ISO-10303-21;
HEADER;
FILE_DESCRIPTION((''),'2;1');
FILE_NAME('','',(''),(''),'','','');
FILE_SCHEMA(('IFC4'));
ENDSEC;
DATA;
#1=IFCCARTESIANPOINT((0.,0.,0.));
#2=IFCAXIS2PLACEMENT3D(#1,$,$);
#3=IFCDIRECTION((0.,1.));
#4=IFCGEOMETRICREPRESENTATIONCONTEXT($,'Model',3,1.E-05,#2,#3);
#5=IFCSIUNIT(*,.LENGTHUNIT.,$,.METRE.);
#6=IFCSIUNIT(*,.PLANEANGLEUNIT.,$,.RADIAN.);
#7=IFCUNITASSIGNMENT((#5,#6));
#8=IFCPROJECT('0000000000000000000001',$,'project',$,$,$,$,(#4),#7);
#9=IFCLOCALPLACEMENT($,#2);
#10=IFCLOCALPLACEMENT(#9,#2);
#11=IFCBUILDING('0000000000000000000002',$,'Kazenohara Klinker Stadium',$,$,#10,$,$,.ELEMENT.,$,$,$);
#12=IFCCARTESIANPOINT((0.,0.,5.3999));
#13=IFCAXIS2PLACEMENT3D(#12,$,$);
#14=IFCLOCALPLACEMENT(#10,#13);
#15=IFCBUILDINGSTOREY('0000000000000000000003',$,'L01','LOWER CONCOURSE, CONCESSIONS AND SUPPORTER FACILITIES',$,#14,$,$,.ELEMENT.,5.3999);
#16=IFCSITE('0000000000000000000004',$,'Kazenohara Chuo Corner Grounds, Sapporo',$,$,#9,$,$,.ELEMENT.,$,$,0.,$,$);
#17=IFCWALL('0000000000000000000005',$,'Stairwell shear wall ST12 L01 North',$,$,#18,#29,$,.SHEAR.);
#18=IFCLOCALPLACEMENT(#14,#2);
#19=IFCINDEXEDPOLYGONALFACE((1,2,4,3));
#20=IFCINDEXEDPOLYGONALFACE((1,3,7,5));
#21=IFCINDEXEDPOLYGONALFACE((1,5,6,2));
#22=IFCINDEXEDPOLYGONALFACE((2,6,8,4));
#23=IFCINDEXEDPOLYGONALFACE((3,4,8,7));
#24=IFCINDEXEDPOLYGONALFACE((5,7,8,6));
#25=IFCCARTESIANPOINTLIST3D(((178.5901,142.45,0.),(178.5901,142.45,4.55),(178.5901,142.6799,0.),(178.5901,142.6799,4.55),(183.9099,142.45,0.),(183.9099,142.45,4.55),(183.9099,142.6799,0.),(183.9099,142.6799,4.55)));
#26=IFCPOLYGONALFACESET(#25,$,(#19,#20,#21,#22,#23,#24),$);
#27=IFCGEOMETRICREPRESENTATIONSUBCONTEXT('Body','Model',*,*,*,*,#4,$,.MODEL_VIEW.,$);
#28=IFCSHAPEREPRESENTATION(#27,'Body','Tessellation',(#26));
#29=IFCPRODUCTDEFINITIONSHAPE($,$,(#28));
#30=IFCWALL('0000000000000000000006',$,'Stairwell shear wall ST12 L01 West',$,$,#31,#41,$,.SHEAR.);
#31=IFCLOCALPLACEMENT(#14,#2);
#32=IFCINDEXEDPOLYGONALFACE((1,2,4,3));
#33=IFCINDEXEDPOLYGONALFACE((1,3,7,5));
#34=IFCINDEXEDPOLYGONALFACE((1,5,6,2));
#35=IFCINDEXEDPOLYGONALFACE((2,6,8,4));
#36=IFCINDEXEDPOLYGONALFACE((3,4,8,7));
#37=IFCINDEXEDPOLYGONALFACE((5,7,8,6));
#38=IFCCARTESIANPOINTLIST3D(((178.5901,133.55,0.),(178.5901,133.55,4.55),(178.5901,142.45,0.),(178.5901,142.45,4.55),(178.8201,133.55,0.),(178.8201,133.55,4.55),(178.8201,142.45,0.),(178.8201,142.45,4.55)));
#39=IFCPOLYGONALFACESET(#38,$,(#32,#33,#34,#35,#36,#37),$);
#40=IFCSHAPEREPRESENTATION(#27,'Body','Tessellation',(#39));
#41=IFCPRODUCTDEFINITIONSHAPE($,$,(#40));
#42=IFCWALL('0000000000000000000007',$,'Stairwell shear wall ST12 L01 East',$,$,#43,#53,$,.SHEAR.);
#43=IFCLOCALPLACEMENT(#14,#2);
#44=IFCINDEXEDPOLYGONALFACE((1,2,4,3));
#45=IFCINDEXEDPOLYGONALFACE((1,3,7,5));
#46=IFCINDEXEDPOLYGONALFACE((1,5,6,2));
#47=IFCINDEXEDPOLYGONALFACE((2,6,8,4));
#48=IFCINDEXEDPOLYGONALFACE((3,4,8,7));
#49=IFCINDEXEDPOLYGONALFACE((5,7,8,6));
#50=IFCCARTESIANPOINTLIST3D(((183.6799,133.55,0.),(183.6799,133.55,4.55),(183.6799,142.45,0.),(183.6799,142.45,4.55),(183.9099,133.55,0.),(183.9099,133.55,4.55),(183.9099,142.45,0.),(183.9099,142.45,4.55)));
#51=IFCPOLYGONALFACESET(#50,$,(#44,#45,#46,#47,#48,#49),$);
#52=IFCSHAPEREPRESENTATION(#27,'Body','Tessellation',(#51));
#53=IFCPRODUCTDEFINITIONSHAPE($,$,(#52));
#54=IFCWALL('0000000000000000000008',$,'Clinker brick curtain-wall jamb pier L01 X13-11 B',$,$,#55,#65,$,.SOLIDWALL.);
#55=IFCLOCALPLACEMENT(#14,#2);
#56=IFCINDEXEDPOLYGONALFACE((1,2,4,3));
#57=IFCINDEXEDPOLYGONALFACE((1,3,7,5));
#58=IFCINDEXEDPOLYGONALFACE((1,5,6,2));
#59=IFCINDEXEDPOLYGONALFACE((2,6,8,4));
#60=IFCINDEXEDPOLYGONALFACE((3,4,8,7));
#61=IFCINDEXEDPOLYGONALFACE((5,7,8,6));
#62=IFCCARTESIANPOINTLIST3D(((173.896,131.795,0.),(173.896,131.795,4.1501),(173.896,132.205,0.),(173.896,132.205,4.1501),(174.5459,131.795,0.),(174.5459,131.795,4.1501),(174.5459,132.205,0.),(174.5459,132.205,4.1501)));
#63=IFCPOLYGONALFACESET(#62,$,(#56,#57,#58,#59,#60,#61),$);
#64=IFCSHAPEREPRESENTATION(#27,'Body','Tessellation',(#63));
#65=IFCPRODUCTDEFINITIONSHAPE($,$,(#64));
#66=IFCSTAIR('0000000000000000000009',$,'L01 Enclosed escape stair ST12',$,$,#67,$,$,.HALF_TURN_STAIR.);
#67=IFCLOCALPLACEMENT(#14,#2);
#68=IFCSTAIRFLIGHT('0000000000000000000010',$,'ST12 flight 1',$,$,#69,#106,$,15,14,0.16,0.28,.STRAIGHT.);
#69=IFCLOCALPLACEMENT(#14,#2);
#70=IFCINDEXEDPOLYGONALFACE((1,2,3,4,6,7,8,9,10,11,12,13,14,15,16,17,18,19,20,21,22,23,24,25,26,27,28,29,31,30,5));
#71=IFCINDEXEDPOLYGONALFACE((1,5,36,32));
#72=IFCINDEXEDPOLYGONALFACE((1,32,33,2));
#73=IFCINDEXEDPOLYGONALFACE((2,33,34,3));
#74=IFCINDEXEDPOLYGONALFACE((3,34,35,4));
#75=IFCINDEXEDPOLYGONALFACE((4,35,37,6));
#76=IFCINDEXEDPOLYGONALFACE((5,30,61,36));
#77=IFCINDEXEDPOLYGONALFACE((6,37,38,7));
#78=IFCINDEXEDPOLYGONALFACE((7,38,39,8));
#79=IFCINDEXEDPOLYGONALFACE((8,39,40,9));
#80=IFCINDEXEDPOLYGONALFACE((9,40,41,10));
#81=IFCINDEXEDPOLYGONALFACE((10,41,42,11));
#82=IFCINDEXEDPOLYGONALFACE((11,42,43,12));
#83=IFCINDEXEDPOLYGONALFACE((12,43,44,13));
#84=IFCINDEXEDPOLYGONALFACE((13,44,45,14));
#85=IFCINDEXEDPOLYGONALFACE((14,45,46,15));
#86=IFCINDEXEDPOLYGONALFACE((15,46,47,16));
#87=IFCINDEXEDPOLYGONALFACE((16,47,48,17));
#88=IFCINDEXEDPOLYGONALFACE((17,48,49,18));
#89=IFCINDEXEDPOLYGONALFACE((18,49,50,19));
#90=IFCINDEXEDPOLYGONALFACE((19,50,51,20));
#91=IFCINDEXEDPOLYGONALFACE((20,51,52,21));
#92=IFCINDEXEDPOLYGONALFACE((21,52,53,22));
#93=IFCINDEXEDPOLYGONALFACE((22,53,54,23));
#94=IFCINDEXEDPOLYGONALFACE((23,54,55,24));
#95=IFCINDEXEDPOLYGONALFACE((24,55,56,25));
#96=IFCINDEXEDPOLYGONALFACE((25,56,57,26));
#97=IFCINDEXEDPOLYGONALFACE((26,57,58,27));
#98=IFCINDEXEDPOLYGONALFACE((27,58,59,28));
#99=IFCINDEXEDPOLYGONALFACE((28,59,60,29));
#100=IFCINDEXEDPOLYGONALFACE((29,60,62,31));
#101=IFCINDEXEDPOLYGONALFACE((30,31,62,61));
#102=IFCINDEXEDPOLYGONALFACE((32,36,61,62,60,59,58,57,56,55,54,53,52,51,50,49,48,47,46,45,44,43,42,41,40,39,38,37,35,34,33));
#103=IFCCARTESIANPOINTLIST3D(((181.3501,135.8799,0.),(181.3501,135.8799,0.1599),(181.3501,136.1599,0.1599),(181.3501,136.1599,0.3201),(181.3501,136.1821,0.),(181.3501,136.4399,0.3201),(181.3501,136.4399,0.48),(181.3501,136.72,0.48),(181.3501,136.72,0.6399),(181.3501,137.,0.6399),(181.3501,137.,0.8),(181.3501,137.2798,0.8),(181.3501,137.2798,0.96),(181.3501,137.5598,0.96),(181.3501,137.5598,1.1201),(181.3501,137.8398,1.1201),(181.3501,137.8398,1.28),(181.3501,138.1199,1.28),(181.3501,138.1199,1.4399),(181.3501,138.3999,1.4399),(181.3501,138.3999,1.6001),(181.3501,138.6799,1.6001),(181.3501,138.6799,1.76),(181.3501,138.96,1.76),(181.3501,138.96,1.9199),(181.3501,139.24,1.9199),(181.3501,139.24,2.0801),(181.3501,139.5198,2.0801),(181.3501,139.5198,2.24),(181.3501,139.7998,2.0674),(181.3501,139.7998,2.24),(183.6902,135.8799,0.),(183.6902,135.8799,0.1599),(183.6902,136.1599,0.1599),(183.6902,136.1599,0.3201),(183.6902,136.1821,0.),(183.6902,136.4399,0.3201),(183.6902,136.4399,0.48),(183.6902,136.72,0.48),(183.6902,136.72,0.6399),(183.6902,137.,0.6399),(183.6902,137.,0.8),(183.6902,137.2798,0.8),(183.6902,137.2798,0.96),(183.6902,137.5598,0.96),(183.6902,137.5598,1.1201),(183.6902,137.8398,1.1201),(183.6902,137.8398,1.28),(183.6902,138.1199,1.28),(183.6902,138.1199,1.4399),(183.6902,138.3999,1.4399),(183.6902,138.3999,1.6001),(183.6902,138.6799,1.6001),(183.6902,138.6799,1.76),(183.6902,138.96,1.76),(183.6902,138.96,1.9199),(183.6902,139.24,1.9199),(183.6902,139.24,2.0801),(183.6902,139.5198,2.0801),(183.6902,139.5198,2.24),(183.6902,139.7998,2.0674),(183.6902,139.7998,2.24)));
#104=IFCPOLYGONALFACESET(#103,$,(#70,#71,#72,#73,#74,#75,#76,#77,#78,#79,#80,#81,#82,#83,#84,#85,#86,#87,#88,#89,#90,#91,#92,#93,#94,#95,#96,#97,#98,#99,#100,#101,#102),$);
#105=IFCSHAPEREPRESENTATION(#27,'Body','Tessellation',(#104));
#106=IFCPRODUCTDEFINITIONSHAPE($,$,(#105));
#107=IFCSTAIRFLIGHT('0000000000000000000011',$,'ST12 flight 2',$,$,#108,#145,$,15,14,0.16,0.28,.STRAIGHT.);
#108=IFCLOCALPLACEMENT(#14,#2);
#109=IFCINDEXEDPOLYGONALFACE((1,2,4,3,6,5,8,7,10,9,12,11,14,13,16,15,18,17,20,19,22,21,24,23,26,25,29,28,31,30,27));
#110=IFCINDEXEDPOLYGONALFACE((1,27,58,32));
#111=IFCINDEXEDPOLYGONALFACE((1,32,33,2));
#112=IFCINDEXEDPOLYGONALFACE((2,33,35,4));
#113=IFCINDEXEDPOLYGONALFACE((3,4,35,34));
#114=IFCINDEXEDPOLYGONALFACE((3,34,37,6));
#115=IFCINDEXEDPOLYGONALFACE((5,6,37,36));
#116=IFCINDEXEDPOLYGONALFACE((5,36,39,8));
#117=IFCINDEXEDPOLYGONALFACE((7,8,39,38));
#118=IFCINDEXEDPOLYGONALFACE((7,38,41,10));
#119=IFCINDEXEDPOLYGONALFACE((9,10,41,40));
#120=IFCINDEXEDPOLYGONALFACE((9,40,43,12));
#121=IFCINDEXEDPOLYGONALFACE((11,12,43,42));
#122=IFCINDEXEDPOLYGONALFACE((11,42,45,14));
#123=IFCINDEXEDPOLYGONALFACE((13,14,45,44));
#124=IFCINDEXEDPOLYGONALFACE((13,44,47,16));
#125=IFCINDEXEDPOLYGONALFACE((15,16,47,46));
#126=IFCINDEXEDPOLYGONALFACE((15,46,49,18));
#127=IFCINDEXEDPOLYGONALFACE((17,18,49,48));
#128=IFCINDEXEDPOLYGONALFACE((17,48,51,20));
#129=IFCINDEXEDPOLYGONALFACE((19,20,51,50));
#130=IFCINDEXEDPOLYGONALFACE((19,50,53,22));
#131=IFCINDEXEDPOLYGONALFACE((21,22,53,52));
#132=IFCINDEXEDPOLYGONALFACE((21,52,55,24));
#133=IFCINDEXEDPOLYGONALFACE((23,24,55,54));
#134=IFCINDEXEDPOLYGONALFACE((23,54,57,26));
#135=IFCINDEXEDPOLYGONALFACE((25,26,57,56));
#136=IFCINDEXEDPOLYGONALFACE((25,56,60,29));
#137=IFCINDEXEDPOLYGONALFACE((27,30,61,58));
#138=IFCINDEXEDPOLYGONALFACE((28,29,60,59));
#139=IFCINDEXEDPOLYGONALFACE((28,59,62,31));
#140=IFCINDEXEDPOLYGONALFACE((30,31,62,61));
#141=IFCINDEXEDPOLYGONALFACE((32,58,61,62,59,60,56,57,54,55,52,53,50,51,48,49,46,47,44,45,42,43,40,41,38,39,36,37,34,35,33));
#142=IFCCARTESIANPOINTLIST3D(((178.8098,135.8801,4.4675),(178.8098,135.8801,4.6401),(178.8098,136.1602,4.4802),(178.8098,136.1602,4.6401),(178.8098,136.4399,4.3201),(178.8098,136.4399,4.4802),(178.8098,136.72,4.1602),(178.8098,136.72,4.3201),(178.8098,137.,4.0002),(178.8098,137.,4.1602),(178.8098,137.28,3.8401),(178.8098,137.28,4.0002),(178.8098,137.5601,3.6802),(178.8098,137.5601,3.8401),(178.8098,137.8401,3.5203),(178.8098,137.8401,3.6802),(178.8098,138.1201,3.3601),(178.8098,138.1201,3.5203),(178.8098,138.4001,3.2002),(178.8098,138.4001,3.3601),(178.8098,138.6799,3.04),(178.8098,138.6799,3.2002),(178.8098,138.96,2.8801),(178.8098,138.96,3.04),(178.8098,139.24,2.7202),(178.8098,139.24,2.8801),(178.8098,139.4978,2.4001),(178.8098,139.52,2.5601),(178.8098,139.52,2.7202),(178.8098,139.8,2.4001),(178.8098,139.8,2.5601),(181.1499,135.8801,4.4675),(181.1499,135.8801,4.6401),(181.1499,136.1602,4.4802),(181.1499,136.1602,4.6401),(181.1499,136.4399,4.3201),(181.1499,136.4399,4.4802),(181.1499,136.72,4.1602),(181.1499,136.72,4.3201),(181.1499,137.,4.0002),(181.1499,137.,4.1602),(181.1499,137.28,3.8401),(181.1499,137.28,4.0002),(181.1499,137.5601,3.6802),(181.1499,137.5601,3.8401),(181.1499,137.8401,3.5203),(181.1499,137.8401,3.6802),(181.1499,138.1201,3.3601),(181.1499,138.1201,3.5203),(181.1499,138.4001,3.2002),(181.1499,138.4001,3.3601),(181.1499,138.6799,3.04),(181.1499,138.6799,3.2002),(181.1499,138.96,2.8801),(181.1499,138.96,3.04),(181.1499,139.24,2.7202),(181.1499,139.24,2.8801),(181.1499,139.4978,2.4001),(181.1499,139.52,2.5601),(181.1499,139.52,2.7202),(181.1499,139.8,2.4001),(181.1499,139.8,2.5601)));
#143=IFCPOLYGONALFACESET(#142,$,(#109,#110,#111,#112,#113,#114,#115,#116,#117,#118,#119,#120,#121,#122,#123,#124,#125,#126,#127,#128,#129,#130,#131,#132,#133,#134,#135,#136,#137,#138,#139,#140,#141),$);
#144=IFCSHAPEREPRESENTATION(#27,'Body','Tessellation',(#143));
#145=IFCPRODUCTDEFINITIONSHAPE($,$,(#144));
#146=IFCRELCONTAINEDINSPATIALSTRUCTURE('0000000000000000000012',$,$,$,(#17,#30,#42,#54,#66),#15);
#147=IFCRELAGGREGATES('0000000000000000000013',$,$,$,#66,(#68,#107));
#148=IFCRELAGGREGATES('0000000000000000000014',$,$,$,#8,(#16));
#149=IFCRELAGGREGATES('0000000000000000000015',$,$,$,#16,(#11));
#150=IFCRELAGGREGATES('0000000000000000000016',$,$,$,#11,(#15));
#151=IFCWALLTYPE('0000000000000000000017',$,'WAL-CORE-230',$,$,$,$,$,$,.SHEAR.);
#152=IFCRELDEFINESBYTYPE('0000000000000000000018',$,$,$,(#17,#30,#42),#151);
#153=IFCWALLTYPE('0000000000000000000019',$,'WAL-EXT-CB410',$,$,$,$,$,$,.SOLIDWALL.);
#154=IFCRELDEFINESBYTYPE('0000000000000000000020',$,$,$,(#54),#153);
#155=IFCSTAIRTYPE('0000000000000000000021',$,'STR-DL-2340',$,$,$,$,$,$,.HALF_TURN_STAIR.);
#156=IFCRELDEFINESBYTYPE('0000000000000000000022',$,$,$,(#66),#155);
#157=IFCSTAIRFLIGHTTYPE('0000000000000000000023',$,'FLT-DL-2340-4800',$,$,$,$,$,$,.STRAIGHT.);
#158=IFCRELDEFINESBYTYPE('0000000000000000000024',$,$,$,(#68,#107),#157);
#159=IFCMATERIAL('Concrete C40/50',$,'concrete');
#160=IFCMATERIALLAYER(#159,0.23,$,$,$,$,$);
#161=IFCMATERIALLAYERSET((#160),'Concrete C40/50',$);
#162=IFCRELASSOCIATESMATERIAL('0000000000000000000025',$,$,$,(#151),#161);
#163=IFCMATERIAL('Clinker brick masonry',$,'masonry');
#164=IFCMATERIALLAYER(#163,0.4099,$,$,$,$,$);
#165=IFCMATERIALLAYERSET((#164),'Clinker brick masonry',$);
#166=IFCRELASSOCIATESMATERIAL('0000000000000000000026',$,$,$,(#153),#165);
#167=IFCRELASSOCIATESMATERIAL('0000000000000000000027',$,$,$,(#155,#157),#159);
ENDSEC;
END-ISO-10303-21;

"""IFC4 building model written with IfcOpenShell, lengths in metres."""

from ifc_helpers import new_model, si_unit, direction, frame, frame_2d, origin, place, context, subcontext, project, spatial, polyline, rectangle, outline, extrude, material, layer, layer_set, type_object, element, aggregate, save


model = new_model("IFC4")

# Units and contexts
model_context = context("Model", 3, precision=1e-05, world=origin(), true_north=direction((0.0, 1.0)))
body_context = subcontext(model_context, "Body", "Model", "MODEL_VIEW")
ifc_project = project(units=[si_unit("LENGTHUNIT", "METRE"), si_unit("PLANEANGLEUNIT", "RADIAN")], contexts=[model_context])

# Site, building, storey
site_placement = place(None, origin())
site = spatial("IfcSite", under=ifc_project, at=site_placement, Name="Kazenohara Chuo Corner Grounds, Sapporo", CompositionType="ELEMENT", RefElevation=0.0)
building_placement = place(site_placement, origin())
building = spatial("IfcBuilding", under=site, at=building_placement, Name="Kazenohara Klinker Stadium", CompositionType="ELEMENT")
storey_placement = place(building_placement, frame((0.0, 0.0, 5.3999)))
storey = spatial("IfcBuildingStorey", under=building, at=storey_placement, Name="L01", Description="LOWER CONCOURSE, CONCESSIONS AND SUPPORTER FACILITIES", CompositionType="ELEMENT", Elevation=5.3999)

# Shared definitions
ifc_material_1 = material(Name="Concrete C40/50", Category="concrete")

# Shared definitions
ifc_layer_1 = layer(ifc_material_1, 0.23)
ifc_layer_set_1 = layer_set([ifc_layer_1], Name="Concrete C40/50")
wall_type_1 = type_object("IfcWallType", Name="WAL-CORE-230", PredefinedType="SHEAR", material=ifc_layer_set_1)

# Walls
wall_1_placement = place(storey_placement, frame((178.5901, 142.5649, 0.0), z_axis=(0.0, 0.0, 1.0), x_axis=(1.0, 0.0, 0.0)))
element("IfcWall", 1, at=wall_1_placement, inside=storey, type_object=wall_type_1, Name="Stairwell shear wall ST12 L01 North", PredefinedType="SHEAR", context=body_context, shape_type="SweptSolid", body=[
    extrude(rectangle(XDim=5.3198, YDim=0.23, at=frame_2d((2.6599, 0.0))), origin(), (0.0, 0.0, 1.0), 4.55),
])
for number, where, z_axis, x_axis, name in (
    (2, (178.7051, 133.55, 0.0), (0.0, 0.0, 1.0), (0.0, 1.0, 0.0), "Stairwell shear wall ST12 L01 West"),
    (3, (183.7949, 133.55, 0.0), (0.0, 0.0, 1.0), (0.0, 1.0, 0.0), "Stairwell shear wall ST12 L01 East"),
):
    element("IfcWall", number, at=place(storey_placement, frame(where, z_axis=z_axis, x_axis=x_axis)), inside=storey, type_object=wall_type_1, Name=name, PredefinedType="SHEAR", context=body_context, shape_type="SweptSolid", body=[
        extrude(rectangle(XDim=8.8999, YDim=0.23, at=frame_2d((4.45, 0.0))), origin(), (0.0, 0.0, 1.0), 4.55),
    ])
ifc_material_2 = material(Name="Clinker brick masonry", Category="masonry")
ifc_layer_2 = layer(ifc_material_2, 0.4099)
ifc_layer_set_2 = layer_set([ifc_layer_2], Name="Clinker brick masonry")
wall_type_2 = type_object("IfcWallType", Name="WAL-EXT-CB410", PredefinedType="SOLIDWALL", material=ifc_layer_set_2)
wall_2_placement = place(storey_placement, frame((173.896, 132.0, 0.0), z_axis=(0.0, 0.0, 1.0), x_axis=(1.0, 0.0, 0.0)))
element("IfcWall", 4, at=wall_2_placement, inside=storey, type_object=wall_type_2, Name="Clinker brick curtain-wall jamb pier L01 X13-11 B", PredefinedType="SOLIDWALL", context=body_context, shape_type="SweptSolid", body=[
    extrude(rectangle(XDim=0.6499, YDim=0.4099, at=frame_2d((0.325, 0.0))), origin(), (0.0, 0.0, 1.0), 4.1501),
])

# Stair, stair flights
stair_type = type_object("IfcStairType", Name="STR-DL-2340", PredefinedType="HALF_TURN_STAIR", material=ifc_material_1)
stair_placement = place(storey_placement, origin())
stair = element("IfcStair", 5, at=stair_placement, inside=storey, type_object=stair_type, Name="L01 Enclosed escape stair ST12", PredefinedType="HALF_TURN_STAIR")
stair_flight_type = type_object("IfcStairFlightType", Name="FLT-DL-2340-4800", PredefinedType="STRAIGHT", material=ifc_material_1)
stair_flight_1_placement = place(storey_placement, frame((182.52, 135.8799, 0.0), z_axis=(0.0, 0.0, 1.0), x_axis=(0.0, 1.0, 0.0)))
stair_flight_1 = element("IfcStairFlight", 6, at=stair_flight_1_placement, type_object=stair_flight_type, Name="ST12 flight 1", NumberOfRisers=15, NumberOfTreads=14, PredefinedType="STRAIGHT", RiserHeight=0.16, TreadLength=0.28, context=body_context, shape_type="SweptSolid", body=[
    extrude(outline(polyline([(0.0, 0.0), (0.0, 0.1599), (0.28, 0.1599), (0.28, 0.3201), (0.5601, 0.3201), (0.5601, 0.48), (0.8401, 0.48), (0.8401, 0.6399), (1.1201, 0.6399), (1.1201, 0.8), (1.3999, 0.8), (1.3999, 0.96), (1.6799, 0.96), (1.6799, 1.1201), (1.96, 1.1201), (1.96, 1.28), (2.24, 1.28), (2.24, 1.4399), (2.52, 1.4399), (2.52, 1.6001), (2.8, 1.6001), (2.8, 1.76), (3.0801, 1.76), (3.0801, 1.9199), (3.3601, 1.9199), (3.3601, 2.0801), (3.6399, 2.0801), (3.6399, 2.24), (3.9199, 2.24), (3.9199, 2.3999), (3.9199, 2.0674), (0.3022, 0.0), (0.0, 0.0)])), frame((0.0, 1.1699, 0.0), z_axis=(0.0, -1.0, 0.0), x_axis=(1.0, 0.0, 0.0)), (0.0, 0.0, 1.0), 2.3401),
])
stair_flight_2_placement = place(storey_placement, frame((179.98, 139.8, 2.4001), z_axis=(0.0, 0.0, 1.0), x_axis=(0.0, -1.0, 0.0)))
stair_flight_2 = element("IfcStairFlight", 7, at=stair_flight_2_placement, type_object=stair_flight_type, Name="ST12 flight 2", NumberOfRisers=15, NumberOfTreads=14, PredefinedType="STRAIGHT", RiserHeight=0.16, TreadLength=0.28, context=body_context, shape_type="SweptSolid", body=[
    extrude(outline(polyline([(0.0, 0.0), (0.0, 0.1599), (0.28, 0.1599), (0.28, 0.3201), (0.5601, 0.3201), (0.5601, 0.48), (0.8401, 0.48), (0.8401, 0.6399), (1.1201, 0.6399), (1.1201, 0.8), (1.3999, 0.8), (1.3999, 0.96), (1.6799, 0.96), (1.6799, 1.1201), (1.96, 1.1201), (1.96, 1.28), (2.24, 1.28), (2.24, 1.4399), (2.52, 1.4399), (2.52, 1.6001), (2.8, 1.6001), (2.8, 1.76), (3.0801, 1.76), (3.0801, 1.9199), (3.3601, 1.9199), (3.3601, 2.0801), (3.6399, 2.0801), (3.6399, 2.24), (3.9199, 2.24), (3.9199, 2.3999), (3.9199, 2.0674), (0.3022, 0.0), (0.0, 0.0)])), frame((0.0, 1.1699, 0.0), z_axis=(0.0, -1.0, 0.0), x_axis=(1.0, 0.0, 0.0)), (0.0, 0.0, 1.0), 2.3401),
])
aggregate(stair, [stair_flight_1, stair_flight_2])

save(model, "model.ifc")
